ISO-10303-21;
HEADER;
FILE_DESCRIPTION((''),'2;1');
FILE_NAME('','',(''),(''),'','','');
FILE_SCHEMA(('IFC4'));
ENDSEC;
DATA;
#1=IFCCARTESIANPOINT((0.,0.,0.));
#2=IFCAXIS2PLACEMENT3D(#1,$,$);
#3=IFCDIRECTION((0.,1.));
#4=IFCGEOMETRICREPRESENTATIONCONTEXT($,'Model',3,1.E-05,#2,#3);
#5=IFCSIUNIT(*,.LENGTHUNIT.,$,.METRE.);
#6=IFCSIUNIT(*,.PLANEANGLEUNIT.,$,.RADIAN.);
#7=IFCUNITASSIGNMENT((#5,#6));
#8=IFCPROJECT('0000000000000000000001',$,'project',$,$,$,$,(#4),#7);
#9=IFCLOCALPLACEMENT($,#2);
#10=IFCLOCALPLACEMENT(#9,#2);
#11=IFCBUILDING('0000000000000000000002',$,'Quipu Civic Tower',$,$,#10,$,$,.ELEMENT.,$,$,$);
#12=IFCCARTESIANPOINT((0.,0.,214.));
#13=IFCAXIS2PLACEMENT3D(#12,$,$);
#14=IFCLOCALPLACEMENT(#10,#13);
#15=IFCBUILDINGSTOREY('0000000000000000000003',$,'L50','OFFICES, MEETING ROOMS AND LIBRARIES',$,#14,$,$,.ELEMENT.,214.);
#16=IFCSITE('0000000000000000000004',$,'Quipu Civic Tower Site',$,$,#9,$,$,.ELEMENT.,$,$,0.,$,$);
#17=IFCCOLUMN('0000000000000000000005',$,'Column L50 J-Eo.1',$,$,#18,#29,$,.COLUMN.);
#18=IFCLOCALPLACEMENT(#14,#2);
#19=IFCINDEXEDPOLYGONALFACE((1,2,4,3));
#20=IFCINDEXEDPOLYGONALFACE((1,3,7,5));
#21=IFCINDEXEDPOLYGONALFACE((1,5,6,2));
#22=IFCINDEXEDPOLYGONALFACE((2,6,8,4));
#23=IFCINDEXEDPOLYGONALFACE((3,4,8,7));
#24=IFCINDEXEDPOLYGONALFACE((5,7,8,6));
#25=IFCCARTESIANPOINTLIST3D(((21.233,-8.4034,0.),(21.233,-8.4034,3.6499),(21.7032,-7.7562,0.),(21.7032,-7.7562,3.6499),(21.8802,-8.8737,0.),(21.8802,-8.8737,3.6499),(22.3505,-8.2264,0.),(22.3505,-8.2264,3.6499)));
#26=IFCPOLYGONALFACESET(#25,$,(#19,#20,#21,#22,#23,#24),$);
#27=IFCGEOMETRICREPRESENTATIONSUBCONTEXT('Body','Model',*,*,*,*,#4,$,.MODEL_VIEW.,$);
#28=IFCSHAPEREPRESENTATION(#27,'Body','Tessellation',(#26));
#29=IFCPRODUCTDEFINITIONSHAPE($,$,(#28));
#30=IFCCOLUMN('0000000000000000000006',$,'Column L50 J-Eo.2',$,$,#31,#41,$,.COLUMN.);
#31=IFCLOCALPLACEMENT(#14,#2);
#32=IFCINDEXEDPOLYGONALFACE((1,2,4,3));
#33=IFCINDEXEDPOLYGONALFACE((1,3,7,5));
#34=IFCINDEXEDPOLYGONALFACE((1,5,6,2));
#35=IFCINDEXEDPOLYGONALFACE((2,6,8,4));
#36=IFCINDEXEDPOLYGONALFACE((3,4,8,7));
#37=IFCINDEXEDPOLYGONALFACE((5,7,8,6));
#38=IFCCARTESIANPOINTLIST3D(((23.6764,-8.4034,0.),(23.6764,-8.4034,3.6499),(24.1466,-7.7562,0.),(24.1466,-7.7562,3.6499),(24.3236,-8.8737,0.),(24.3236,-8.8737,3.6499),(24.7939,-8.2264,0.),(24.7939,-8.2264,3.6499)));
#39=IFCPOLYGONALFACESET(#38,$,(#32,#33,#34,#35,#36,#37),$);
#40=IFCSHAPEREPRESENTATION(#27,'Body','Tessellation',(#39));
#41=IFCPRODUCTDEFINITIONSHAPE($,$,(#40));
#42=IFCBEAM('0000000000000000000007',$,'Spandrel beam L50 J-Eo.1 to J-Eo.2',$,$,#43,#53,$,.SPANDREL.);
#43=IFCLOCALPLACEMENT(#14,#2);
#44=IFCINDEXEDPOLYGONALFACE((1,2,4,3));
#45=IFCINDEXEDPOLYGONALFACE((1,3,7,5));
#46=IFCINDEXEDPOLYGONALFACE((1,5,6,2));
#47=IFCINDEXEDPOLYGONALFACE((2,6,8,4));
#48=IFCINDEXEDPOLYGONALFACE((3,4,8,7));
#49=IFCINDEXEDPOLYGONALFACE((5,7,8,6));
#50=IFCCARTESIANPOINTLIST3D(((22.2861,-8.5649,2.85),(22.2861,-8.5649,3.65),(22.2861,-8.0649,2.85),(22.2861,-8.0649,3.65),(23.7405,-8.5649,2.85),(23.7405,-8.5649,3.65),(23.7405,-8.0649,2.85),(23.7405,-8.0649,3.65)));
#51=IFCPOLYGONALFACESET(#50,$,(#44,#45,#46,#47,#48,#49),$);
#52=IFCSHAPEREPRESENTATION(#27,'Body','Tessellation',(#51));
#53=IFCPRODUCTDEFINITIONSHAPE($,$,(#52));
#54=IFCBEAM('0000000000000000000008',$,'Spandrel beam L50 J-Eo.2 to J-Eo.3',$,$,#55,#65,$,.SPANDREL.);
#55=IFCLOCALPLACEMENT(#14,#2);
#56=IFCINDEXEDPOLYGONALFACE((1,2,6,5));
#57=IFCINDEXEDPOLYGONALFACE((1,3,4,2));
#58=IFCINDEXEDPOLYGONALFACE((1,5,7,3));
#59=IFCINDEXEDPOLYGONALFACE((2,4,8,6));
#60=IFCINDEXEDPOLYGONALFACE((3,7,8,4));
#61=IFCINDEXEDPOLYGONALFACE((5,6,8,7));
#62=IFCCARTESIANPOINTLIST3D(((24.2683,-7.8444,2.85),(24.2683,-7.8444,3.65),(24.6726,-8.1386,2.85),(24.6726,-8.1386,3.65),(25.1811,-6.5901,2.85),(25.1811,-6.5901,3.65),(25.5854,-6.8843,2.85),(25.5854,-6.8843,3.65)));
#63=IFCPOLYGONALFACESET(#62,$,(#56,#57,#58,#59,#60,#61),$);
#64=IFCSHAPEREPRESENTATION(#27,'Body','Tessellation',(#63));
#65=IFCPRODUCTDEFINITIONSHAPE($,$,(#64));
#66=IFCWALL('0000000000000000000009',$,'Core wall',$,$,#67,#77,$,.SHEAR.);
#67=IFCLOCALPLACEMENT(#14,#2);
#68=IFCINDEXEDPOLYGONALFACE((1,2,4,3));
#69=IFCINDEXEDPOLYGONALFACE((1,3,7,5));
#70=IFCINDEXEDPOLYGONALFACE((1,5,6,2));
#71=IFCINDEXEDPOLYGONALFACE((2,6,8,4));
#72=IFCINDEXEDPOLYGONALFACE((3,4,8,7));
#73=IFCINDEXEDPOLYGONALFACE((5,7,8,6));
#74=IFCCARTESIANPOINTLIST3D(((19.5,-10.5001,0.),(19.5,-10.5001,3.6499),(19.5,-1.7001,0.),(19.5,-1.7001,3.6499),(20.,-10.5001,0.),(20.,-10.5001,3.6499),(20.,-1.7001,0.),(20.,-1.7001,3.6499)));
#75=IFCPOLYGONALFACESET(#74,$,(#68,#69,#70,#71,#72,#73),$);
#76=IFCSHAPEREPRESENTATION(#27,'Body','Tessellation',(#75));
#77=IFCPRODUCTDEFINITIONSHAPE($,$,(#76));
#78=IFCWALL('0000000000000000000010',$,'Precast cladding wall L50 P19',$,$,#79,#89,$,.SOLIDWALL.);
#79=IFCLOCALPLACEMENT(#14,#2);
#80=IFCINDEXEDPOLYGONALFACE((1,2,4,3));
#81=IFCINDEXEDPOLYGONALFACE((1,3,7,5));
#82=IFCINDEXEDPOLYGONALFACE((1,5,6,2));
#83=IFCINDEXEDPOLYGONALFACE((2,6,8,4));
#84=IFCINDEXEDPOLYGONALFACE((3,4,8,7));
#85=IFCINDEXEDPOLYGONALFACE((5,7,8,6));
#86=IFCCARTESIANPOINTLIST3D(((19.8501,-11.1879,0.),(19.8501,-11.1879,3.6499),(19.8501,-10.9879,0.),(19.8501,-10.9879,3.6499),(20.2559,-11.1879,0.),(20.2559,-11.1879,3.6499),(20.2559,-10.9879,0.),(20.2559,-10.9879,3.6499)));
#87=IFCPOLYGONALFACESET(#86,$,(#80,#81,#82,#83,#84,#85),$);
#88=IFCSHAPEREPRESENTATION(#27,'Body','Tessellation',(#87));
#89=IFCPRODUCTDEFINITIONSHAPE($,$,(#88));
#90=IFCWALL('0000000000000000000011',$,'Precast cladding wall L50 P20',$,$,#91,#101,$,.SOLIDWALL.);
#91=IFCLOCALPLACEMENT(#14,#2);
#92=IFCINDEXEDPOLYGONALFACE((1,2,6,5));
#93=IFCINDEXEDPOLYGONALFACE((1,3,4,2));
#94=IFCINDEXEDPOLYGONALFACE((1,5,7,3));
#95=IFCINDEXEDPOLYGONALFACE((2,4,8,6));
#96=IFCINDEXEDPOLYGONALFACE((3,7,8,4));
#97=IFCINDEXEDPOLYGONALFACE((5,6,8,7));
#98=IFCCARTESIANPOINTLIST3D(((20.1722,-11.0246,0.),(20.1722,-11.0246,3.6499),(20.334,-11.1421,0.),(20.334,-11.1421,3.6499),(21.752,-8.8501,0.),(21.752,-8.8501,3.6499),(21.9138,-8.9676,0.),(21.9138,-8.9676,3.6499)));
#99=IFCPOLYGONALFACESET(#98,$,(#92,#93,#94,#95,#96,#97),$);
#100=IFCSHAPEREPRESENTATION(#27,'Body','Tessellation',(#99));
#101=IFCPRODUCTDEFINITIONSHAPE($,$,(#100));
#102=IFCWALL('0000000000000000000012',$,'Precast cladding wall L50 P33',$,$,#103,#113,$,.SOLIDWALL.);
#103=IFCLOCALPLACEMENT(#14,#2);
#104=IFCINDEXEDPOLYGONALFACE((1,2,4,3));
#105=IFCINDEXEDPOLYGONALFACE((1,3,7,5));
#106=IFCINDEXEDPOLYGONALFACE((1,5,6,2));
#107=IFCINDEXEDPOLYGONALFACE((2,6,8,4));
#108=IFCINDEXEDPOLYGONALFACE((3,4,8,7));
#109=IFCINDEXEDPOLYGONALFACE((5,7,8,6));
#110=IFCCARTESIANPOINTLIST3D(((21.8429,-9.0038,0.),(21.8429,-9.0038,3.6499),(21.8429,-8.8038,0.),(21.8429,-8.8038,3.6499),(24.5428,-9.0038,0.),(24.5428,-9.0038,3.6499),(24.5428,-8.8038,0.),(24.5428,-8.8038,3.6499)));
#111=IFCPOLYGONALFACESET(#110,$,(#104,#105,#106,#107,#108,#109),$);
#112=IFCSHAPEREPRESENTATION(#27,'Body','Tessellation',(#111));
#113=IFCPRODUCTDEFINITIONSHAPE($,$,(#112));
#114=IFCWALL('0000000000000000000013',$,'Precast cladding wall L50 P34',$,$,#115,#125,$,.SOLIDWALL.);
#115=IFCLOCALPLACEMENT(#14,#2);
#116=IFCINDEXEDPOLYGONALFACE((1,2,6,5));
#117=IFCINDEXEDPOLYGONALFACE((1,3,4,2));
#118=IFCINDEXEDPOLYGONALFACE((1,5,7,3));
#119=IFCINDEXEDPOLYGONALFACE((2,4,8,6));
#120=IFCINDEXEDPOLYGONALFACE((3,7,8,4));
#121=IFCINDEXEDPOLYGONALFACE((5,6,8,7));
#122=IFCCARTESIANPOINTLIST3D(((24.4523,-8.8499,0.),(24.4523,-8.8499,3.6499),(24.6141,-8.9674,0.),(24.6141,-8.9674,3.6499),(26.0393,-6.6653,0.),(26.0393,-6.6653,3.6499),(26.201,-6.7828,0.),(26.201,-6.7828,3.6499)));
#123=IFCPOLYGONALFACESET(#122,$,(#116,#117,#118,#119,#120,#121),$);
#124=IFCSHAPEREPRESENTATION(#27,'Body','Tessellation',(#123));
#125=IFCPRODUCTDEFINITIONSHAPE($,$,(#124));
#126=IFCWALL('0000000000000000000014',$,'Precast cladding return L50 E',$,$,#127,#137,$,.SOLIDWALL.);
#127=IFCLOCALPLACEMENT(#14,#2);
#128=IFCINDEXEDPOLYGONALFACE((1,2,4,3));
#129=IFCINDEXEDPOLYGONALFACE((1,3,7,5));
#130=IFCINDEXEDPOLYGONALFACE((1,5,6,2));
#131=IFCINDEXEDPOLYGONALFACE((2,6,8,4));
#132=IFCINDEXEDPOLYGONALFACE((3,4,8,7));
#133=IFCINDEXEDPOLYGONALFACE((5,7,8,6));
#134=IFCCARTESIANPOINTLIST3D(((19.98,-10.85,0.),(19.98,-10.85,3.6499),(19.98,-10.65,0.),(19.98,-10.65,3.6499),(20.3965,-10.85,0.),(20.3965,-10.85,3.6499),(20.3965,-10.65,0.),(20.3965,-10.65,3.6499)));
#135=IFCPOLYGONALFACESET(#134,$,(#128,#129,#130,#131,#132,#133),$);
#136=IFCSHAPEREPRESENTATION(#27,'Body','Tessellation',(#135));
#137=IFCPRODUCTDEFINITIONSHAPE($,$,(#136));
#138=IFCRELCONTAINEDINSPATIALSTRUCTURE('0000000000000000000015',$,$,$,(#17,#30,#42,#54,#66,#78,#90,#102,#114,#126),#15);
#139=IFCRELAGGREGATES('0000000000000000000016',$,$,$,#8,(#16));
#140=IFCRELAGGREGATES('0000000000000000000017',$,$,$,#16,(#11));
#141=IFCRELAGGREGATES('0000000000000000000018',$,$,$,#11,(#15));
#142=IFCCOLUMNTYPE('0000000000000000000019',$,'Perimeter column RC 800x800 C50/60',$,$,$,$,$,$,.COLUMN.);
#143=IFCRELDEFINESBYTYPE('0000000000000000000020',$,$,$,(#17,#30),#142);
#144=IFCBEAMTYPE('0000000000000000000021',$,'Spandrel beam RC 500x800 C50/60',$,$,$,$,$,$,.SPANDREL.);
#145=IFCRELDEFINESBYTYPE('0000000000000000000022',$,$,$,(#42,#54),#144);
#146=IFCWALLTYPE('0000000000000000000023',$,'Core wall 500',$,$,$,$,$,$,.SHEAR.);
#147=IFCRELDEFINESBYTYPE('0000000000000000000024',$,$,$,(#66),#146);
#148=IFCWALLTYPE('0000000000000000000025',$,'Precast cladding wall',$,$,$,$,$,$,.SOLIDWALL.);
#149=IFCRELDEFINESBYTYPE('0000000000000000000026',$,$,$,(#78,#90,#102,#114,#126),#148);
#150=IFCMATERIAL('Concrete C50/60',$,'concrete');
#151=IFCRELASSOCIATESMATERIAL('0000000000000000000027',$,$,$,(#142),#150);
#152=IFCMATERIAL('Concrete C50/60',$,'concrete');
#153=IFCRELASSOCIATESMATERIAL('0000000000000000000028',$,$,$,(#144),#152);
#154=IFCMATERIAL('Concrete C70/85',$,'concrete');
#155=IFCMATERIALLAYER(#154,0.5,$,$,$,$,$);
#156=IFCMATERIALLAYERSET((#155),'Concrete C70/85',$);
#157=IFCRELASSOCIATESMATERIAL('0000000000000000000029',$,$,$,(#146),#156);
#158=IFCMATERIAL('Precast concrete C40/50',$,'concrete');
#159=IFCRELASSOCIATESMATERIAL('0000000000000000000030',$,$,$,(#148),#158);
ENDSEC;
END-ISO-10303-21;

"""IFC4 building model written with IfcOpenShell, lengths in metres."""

from ifc_helpers import new_model, si_unit, direction, frame, frame_2d, origin, origin_2d, place, context, subcontext, project, spatial, rectangle, extrude, material, layer, layer_set, material_profile, profile_set, type_object, element, save


model = new_model("IFC4")

# Units and contexts
model_context = context("Model", 3, precision=1e-05, world=origin(), true_north=direction((0.0, 1.0)))
body_context = subcontext(model_context, "Body", "Model", "MODEL_VIEW")
ifc_project = project(units=[si_unit("LENGTHUNIT", "METRE"), si_unit("PLANEANGLEUNIT", "RADIAN")], contexts=[model_context])

# Site, building, storey
site_placement = place(None, origin())
site = spatial("IfcSite", under=ifc_project, at=site_placement, Name="Quipu Civic Tower Site", CompositionType="ELEMENT", RefElevation=0.0)
building_placement = place(site_placement, origin())
building = spatial("IfcBuilding", under=site, at=building_placement, Name="Quipu Civic Tower", CompositionType="ELEMENT")
storey_placement = place(building_placement, frame((0.0, 0.0, 214.0)))
storey = spatial("IfcBuildingStorey", under=building, at=storey_placement, Name="L50", Description="OFFICES, MEETING ROOMS AND LIBRARIES", CompositionType="ELEMENT", Elevation=214.0)

# Columns
ifc_material_1 = material(Name="Concrete C50/60", Category="concrete")
ifc_material_profile_1 = material_profile(ifc_material_1, rectangle(XDim=0.8, YDim=0.8, at=origin_2d()), Name="RC800x800")
ifc_profile_set_1 = profile_set([ifc_material_profile_1], Name="Concrete C50/60")
column_type = type_object("IfcColumnType", Name="Perimeter column RC 800x800 C50/60", PredefinedType="COLUMN", material=ifc_profile_set_1)
for number, where, z_axis, x_axis, name in (
    (1, (21.7917, -8.3149, 0.0), (0.0, 0.0, 1.0), (0.587785, 0.809017, 0.0), "Column L50 J-Eo.1"),
    (2, (24.2351, -8.3149, 0.0), (0.0, 0.0, 1.0), (0.587785, 0.809017, 0.0), "Column L50 J-Eo.2"),
):
    element("IfcColumn", number, at=place(storey_placement, frame(where, z_axis=z_axis, x_axis=x_axis)), inside=storey, type_object=column_type, Name=name, PredefinedType="COLUMN", context=body_context, shape_type="SweptSolid", body=[
        extrude(rectangle(XDim=0.8, YDim=0.8, at=origin_2d()), origin(), (0.0, 0.0, 1.0), 3.6499),
    ])

# Beams
ifc_material_2 = material(Name="Concrete C50/60", Category="concrete")
ifc_material_profile_2 = material_profile(ifc_material_2, rectangle(XDim=0.5, YDim=0.8, at=origin_2d()), Name="RC500x800")
ifc_profile_set_2 = profile_set([ifc_material_profile_2], Name="Concrete C50/60")
beam_type = type_object("IfcBeamType", Name="Spandrel beam RC 500x800 C50/60", PredefinedType="SPANDREL", material=ifc_profile_set_2)
beam_1_placement = place(storey_placement, frame((22.2861, -8.3149, 3.25), z_axis=(1.0, 0.0, 0.0), x_axis=(0.0, 1.0, 0.0)))
element("IfcBeam", 3, at=beam_1_placement, inside=storey, type_object=beam_type, Name="Spandrel beam L50 J-Eo.1 to J-Eo.2", PredefinedType="SPANDREL", context=body_context, shape_type="SweptSolid", body=[
    extrude(rectangle(XDim=0.5, YDim=0.8, at=origin_2d()), origin(), (0.0, 0.0, 1.0), 1.4543),
])
beam_2_placement = place(storey_placement, frame((24.4705, -7.9915, 3.25), z_axis=(0.588406, 0.808566, 0.0), x_axis=(-0.808566, 0.588406, 0.0)))
element("IfcBeam", 4, at=beam_2_placement, inside=storey, type_object=beam_type, Name="Spandrel beam L50 J-Eo.2 to J-Eo.3", PredefinedType="SPANDREL", context=body_context, shape_type="SweptSolid", body=[
    extrude(rectangle(XDim=0.5, YDim=0.8, at=origin_2d()), origin(), (0.0, 0.0, 1.0), 1.5513),
])

# Walls
ifc_material_3 = material(Name="Concrete C70/85", Category="concrete")
ifc_layer = layer(ifc_material_3, 0.5)
ifc_layer_set = layer_set([ifc_layer], Name="Concrete C70/85")
wall_type_1 = type_object("IfcWallType", Name="Core wall 500", PredefinedType="SHEAR", material=ifc_layer_set)
wall_1_placement = place(storey_placement, frame((19.75, -10.5, 0.0), z_axis=(0.0, 0.0, 1.0), x_axis=(0.0, 1.0, 0.0)))
element("IfcWall", 5, at=wall_1_placement, inside=storey, type_object=wall_type_1, Name="Core wall", PredefinedType="SHEAR", context=body_context, shape_type="SweptSolid", body=[
    extrude(rectangle(XDim=8.8, YDim=0.5, at=frame_2d((4.3999, 0.0))), origin(), (0.0, 0.0, 1.0), 3.6499),
])
ifc_material_4 = material(Name="Precast concrete C40/50", Category="concrete")
wall_type_2 = type_object("IfcWallType", Name="Precast cladding wall", PredefinedType="SOLIDWALL", material=ifc_material_4)
wall_2_placement = place(storey_placement, frame((19.8501, -11.0879, 0.0), z_axis=(0.0, 0.0, 1.0), x_axis=(1.0, 0.0, 0.0)))
element("IfcWall", 6, at=wall_2_placement, inside=storey, type_object=wall_type_2, Name="Precast cladding wall L50 P19", PredefinedType="SOLIDWALL", context=body_context, shape_type="SweptSolid", body=[
    extrude(rectangle(XDim=0.4058, YDim=0.2, at=frame_2d((0.2029, 0.0))), origin(), (0.0, 0.0, 1.0), 3.6499),
])
wall_3_placement = place(storey_placement, frame((20.2532, -11.0833, 0.0), z_axis=(0.0, 0.0, 1.0), x_axis=(0.587767, 0.809031, 0.0)))
element("IfcWall", 7, at=wall_3_placement, inside=storey, type_object=wall_type_2, Name="Precast cladding wall L50 P20", PredefinedType="SOLIDWALL", context=body_context, shape_type="SweptSolid", body=[
    extrude(rectangle(XDim=2.6877, YDim=0.2, at=frame_2d((1.3438, 0.0))), origin(), (0.0, 0.0, 1.0), 3.6499),
])
wall_4_placement = place(storey_placement, frame((21.8428, -8.9038, 0.0), z_axis=(0.0, 0.0, 1.0), x_axis=(1.0, 0.0, 0.0)))
element("IfcWall", 8, at=wall_4_placement, inside=storey, type_object=wall_type_2, Name="Precast cladding wall L50 P33", PredefinedType="SOLIDWALL", context=body_context, shape_type="SweptSolid", body=[
    extrude(rectangle(XDim=2.7, YDim=0.2, at=frame_2d((1.3501, 0.0))), origin(), (0.0, 0.0, 1.0), 3.6499),
])
wall_5_placement = place(storey_placement, frame((24.5332, -8.9087, 0.0), z_axis=(0.0, 0.0, 1.0), x_axis=(0.58772, 0.809064, 0.0)))
element("IfcWall", 9, at=wall_5_placement, inside=storey, type_object=wall_type_2, Name="Precast cladding wall L50 P34", PredefinedType="SOLIDWALL", context=body_context, shape_type="SweptSolid", body=[
    extrude(rectangle(XDim=2.7002, YDim=0.2, at=frame_2d((1.3501, 0.0))), origin(), (0.0, 0.0, 1.0), 3.6499),
])
wall_6_placement = place(storey_placement, frame((19.98, -10.75, 0.0), z_axis=(0.0, 0.0, 1.0), x_axis=(1.0, 0.0, 0.0)))
element("IfcWall", 10, at=wall_6_placement, inside=storey, type_object=wall_type_2, Name="Precast cladding return L50 E", PredefinedType="SOLIDWALL", context=body_context, shape_type="SweptSolid", body=[
    extrude(rectangle(XDim=0.4165, YDim=0.2, at=frame_2d((0.2083, 0.0))), origin(), (0.0, 0.0, 1.0), 3.6499),
])

save(model, "model.ifc")
